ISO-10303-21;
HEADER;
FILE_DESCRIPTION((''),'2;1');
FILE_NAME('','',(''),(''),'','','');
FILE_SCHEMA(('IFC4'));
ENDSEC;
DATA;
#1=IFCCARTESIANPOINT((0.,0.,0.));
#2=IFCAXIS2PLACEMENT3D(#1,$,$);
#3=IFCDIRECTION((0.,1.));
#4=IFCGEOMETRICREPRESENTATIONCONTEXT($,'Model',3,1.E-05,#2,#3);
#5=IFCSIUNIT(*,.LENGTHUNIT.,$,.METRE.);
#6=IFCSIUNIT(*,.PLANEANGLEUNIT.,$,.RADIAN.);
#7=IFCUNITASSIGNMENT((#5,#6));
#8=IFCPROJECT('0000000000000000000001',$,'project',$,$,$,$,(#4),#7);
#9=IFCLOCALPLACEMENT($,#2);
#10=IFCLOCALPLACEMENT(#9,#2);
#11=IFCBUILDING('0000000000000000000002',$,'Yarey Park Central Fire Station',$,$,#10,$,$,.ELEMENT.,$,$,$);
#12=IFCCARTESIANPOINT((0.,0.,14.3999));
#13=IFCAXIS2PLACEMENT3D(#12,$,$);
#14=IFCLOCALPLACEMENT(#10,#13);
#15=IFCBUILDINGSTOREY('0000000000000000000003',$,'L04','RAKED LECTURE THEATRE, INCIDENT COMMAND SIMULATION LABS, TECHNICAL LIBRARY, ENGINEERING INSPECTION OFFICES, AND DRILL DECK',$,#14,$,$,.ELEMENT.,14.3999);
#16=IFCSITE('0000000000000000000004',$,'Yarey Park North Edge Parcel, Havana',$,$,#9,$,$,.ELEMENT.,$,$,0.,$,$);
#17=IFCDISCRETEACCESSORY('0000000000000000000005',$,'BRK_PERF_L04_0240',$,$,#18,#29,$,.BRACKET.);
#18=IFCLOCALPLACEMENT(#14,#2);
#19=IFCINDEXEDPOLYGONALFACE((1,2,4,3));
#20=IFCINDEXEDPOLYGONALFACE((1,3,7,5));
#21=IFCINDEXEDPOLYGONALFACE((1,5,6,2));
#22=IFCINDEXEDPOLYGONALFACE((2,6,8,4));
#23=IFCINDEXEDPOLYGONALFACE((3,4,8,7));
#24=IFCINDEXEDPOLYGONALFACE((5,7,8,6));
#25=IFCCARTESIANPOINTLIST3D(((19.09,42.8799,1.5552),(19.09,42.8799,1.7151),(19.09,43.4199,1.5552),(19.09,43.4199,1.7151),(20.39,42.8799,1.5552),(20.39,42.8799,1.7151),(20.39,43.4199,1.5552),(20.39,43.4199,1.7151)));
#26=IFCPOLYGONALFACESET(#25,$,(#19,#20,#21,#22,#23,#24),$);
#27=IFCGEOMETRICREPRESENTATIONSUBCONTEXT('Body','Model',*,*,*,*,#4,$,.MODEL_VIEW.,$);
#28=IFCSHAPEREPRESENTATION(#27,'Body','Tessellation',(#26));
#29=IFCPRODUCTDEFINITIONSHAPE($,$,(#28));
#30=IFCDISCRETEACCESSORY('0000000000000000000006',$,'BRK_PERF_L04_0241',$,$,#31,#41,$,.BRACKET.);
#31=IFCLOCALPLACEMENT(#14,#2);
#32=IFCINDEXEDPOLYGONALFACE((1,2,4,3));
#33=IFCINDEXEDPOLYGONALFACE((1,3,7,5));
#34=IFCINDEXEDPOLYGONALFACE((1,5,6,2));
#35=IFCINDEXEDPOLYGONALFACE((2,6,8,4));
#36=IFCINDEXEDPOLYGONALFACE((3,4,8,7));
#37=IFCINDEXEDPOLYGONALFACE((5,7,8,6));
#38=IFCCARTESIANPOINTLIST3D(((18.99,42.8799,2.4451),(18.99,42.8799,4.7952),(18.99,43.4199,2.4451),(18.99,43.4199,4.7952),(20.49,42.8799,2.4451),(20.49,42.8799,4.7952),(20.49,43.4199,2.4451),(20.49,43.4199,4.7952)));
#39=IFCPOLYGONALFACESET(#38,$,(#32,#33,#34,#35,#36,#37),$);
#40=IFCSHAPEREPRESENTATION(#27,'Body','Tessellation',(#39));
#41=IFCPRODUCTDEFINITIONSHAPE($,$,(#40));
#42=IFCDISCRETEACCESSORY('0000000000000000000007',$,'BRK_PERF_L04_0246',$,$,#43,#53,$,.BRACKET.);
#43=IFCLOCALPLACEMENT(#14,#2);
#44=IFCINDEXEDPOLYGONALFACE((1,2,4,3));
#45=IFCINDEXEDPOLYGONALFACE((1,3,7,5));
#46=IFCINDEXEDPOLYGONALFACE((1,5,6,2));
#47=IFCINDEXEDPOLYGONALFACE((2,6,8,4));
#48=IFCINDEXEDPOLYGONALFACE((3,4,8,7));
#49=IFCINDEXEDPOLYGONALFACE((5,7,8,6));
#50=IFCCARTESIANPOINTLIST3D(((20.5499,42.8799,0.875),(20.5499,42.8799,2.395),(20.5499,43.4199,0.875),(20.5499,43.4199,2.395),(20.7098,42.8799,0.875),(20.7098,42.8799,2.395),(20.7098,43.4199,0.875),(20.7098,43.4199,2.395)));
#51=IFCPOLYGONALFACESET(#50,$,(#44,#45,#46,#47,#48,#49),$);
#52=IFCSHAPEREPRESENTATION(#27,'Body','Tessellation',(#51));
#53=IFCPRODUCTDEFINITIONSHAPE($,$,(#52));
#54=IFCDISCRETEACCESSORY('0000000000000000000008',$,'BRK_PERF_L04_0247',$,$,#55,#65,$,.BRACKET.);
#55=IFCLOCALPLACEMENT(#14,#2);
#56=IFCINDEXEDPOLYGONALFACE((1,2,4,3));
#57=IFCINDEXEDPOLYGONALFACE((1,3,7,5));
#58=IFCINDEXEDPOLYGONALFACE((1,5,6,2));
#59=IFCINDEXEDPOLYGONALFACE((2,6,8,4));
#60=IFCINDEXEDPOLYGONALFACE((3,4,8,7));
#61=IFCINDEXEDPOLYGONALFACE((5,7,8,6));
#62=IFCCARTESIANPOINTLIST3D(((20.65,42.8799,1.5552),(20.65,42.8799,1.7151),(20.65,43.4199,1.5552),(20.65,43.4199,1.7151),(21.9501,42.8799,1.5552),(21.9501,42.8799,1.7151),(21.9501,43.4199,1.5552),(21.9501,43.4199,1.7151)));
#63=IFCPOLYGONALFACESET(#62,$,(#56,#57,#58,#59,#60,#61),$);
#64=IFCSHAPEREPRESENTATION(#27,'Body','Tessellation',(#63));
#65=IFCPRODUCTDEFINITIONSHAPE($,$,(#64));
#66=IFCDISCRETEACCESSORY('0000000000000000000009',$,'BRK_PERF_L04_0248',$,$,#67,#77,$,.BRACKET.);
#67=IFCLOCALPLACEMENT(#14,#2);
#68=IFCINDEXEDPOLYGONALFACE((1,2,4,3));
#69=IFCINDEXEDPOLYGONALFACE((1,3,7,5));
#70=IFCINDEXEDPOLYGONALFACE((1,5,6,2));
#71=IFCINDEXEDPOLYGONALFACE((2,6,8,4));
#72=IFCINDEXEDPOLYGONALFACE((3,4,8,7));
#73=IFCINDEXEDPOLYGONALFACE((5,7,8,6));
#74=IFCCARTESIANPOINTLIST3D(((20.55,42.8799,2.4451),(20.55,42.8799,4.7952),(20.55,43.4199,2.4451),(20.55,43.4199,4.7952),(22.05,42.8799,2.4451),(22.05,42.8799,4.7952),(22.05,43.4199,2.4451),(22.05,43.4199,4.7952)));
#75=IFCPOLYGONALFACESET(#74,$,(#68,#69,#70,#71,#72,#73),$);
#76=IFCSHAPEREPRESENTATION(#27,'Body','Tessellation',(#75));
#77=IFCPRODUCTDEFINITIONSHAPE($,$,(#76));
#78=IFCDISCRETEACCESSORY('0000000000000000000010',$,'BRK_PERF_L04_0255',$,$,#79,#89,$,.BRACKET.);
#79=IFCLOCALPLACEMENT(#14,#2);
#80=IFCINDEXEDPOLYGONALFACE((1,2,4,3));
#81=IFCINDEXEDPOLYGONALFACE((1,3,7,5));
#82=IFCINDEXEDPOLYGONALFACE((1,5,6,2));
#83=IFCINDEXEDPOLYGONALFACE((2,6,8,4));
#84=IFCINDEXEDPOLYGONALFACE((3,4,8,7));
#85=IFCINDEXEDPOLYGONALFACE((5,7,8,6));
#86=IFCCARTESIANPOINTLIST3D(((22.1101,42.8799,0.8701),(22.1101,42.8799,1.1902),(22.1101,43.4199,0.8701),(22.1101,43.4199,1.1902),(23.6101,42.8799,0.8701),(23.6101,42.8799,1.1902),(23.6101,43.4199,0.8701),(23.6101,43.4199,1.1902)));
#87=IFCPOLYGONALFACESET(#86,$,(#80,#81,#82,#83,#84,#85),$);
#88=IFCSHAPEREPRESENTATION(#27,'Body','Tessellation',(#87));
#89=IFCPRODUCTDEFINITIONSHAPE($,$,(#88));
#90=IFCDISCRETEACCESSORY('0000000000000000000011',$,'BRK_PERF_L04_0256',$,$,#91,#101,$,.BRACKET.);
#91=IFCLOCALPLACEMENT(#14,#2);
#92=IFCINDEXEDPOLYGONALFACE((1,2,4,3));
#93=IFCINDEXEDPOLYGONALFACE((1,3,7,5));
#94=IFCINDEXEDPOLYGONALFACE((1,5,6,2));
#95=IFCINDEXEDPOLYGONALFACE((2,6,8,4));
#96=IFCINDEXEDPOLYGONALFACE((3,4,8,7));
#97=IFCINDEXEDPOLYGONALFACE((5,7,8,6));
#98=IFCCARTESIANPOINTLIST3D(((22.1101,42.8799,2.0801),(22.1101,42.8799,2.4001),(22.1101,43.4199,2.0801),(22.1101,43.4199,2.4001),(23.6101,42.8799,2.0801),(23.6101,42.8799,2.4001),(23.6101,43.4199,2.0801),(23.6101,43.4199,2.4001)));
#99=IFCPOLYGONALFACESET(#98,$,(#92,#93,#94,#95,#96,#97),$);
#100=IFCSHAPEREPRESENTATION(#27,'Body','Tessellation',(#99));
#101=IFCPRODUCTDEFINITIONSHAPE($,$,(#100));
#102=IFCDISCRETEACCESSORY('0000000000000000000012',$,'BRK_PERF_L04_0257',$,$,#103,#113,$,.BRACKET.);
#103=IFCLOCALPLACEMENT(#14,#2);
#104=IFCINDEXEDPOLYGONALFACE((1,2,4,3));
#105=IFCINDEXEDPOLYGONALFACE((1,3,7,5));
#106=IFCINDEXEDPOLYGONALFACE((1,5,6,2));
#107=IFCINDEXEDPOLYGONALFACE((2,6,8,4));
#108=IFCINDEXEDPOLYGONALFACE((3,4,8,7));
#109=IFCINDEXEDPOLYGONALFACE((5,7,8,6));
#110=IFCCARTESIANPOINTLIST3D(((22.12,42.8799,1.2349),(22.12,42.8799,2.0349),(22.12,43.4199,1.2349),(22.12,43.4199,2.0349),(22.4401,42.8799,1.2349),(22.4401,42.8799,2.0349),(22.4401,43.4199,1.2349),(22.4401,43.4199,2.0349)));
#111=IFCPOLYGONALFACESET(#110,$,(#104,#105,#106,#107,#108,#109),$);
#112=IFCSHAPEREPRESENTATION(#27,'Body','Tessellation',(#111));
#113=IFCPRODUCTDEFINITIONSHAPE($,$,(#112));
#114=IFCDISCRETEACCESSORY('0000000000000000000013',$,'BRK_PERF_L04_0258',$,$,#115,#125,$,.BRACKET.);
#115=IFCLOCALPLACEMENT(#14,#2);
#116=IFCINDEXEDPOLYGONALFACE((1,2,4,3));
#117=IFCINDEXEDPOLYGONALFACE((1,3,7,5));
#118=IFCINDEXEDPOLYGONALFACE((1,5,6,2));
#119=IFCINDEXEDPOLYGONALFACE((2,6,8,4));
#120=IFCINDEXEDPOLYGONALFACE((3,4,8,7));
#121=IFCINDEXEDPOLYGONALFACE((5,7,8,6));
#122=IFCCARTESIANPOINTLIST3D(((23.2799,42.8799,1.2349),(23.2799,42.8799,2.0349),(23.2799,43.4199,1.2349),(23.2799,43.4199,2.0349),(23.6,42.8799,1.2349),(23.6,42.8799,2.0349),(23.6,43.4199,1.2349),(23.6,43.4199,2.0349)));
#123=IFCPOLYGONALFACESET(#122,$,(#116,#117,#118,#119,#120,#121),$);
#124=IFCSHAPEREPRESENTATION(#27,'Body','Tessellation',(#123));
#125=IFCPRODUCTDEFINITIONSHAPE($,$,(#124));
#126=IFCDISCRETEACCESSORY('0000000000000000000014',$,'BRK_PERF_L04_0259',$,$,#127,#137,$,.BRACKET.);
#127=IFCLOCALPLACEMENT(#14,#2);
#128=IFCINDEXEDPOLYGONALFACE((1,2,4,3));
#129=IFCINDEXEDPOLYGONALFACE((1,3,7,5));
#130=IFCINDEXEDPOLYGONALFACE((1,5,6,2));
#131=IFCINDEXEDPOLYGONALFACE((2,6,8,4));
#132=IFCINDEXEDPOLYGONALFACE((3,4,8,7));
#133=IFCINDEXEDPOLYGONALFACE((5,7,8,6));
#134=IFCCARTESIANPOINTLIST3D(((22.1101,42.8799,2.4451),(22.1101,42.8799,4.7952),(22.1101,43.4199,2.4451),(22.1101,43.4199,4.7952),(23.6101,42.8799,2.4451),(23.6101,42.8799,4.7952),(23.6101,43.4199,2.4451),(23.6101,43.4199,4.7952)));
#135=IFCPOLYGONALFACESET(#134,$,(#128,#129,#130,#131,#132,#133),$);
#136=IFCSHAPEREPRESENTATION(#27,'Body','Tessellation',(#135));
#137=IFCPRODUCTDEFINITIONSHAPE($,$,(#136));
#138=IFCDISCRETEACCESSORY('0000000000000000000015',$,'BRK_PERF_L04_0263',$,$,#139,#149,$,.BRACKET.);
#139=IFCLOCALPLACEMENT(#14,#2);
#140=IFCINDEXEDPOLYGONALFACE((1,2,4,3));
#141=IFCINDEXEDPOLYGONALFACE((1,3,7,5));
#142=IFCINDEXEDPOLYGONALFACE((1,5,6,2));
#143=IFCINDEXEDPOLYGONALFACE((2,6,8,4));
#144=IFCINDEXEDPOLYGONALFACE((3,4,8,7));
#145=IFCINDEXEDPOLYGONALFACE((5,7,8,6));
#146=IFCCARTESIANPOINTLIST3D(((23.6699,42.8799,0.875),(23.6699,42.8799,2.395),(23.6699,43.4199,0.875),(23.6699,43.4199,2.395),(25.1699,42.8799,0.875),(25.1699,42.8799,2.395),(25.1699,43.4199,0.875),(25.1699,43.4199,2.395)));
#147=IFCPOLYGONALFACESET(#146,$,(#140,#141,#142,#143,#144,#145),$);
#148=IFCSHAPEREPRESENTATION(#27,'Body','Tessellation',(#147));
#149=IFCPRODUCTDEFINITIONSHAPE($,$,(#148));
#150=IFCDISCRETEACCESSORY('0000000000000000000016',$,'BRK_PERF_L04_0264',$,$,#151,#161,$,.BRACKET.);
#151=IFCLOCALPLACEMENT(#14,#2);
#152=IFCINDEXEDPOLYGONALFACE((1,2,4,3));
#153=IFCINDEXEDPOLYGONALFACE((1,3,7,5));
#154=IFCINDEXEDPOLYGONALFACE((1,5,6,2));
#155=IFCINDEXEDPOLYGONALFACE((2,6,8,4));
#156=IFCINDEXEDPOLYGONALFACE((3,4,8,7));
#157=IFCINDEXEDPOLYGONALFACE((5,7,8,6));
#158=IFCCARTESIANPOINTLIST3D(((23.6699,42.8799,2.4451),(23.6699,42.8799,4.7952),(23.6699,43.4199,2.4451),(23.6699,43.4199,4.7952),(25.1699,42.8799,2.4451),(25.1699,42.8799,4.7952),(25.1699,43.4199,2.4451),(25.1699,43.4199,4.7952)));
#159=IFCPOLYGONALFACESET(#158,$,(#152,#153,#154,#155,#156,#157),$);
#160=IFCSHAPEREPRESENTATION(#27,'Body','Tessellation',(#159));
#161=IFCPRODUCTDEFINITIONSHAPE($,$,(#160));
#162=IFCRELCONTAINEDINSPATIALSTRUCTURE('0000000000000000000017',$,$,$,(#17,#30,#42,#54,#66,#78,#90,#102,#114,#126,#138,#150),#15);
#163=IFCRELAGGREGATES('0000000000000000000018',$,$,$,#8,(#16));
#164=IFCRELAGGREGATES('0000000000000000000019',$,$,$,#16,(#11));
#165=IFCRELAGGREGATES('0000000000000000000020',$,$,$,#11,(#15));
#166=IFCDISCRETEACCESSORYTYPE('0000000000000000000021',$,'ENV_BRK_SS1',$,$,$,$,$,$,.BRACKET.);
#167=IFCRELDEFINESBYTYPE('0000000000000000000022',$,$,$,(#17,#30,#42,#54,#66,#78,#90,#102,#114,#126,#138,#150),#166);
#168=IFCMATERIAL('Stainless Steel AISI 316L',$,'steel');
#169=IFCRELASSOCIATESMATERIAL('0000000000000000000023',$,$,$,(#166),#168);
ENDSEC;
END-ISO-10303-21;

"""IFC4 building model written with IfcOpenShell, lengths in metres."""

from ifc_helpers import new_model, si_unit, direction, frame, origin, origin_2d, place, context, subcontext, project, spatial, rectangle, extrude, material, type_object, element, save


model = new_model("IFC4")

# Units and contexts
model_context = context("Model", 3, precision=1e-05, world=origin(), true_north=direction((0.0, 1.0)))
body_context = subcontext(model_context, "Body", "Model", "MODEL_VIEW")
ifc_project = project(units=[si_unit("LENGTHUNIT", "METRE"), si_unit("PLANEANGLEUNIT", "RADIAN")], contexts=[model_context])

# Site, building, storey
site_placement = place(None, origin())
site = spatial("IfcSite", under=ifc_project, at=site_placement, Name="Yarey Park North Edge Parcel, Havana", CompositionType="ELEMENT", RefElevation=0.0)
building_placement = place(site_placement, origin())
building = spatial("IfcBuilding", under=site, at=building_placement, Name="Yarey Park Central Fire Station", CompositionType="ELEMENT")
storey_placement = place(building_placement, frame((0.0, 0.0, 14.3999)))
storey = spatial("IfcBuildingStorey", under=building, at=storey_placement, Name="L04", Description="RAKED LECTURE THEATRE, INCIDENT COMMAND SIMULATION LABS, TECHNICAL LIBRARY, ENGINEERING INSPECTION OFFICES, AND DRILL DECK", CompositionType="ELEMENT", Elevation=14.3999)

# Discrete accessories
ifc_material_1 = material(Name="Stainless Steel AISI 316L", Category="steel")
discrete_accessory_type = type_object("IfcDiscreteAccessoryType", Name="ENV_BRK_SS1", PredefinedType="BRACKET", material=ifc_material_1)
discrete_accessory_1_placement = place(storey_placement, frame((19.74, 43.1499, 1.5552), z_axis=(0.0, 0.0, 1.0), x_axis=(1.0, 0.0, 0.0)))
element("IfcDiscreteAccessory", 1, at=discrete_accessory_1_placement, inside=storey, type_object=discrete_accessory_type, Name="BRK_PERF_L04_0240", PredefinedType="BRACKET", context=body_context, shape_type="SweptSolid", body=[
    extrude(rectangle(XDim=1.3, YDim=0.54, at=origin_2d()), origin(), (0.0, 0.0, 1.0), 0.1599),
])
discrete_accessory_2_placement = place(storey_placement, frame((19.74, 43.1499, 2.4451), z_axis=(0.0, 0.0, 1.0), x_axis=(1.0, 0.0, 0.0)))
element("IfcDiscreteAccessory", 2, at=discrete_accessory_2_placement, inside=storey, type_object=discrete_accessory_type, Name="BRK_PERF_L04_0241", PredefinedType="BRACKET", context=body_context, shape_type="SweptSolid", body=[
    extrude(rectangle(XDim=1.5, YDim=0.54, at=origin_2d()), origin(), (0.0, 0.0, 1.0), 2.3501),
])
discrete_accessory_3_placement = place(storey_placement, frame((20.6299, 43.1499, 0.875), z_axis=(0.0, 0.0, 1.0), x_axis=(1.0, 0.0, 0.0)))
element("IfcDiscreteAccessory", 3, at=discrete_accessory_3_placement, inside=storey, type_object=discrete_accessory_type, Name="BRK_PERF_L04_0246", PredefinedType="BRACKET", context=body_context, shape_type="SweptSolid", body=[
    extrude(rectangle(XDim=0.1599, YDim=0.54, at=origin_2d()), origin(), (0.0, 0.0, 1.0), 1.52),
])
discrete_accessory_4_placement = place(storey_placement, frame((21.3, 43.1499, 1.5552), z_axis=(0.0, 0.0, 1.0), x_axis=(1.0, 0.0, 0.0)))
element("IfcDiscreteAccessory", 4, at=discrete_accessory_4_placement, inside=storey, type_object=discrete_accessory_type, Name="BRK_PERF_L04_0247", PredefinedType="BRACKET", context=body_context, shape_type="SweptSolid", body=[
    extrude(rectangle(XDim=1.3, YDim=0.54, at=origin_2d()), origin(), (0.0, 0.0, 1.0), 0.1599),
])
discrete_accessory_5_placement = place(storey_placement, frame((21.3, 43.1499, 2.4451), z_axis=(0.0, 0.0, 1.0), x_axis=(1.0, 0.0, 0.0)))
element("IfcDiscreteAccessory", 5, at=discrete_accessory_5_placement, inside=storey, type_object=discrete_accessory_type, Name="BRK_PERF_L04_0248", PredefinedType="BRACKET", context=body_context, shape_type="SweptSolid", body=[
    extrude(rectangle(XDim=1.5, YDim=0.54, at=origin_2d()), origin(), (0.0, 0.0, 1.0), 2.3501),
])
for number, where, z_axis, x_axis, name in (
    (6, (22.8601, 43.1499, 0.8701), (0.0, 0.0, 1.0), (1.0, 0.0, 0.0), "BRK_PERF_L04_0255"),
    (7, (22.8601, 43.1499, 2.0801), (0.0, 0.0, 1.0), (1.0, 0.0, 0.0), "BRK_PERF_L04_0256"),
):
    element("IfcDiscreteAccessory", number, at=place(storey_placement, frame(where, z_axis=z_axis, x_axis=x_axis)), inside=storey, type_object=discrete_accessory_type, Name=name, PredefinedType="BRACKET", context=body_context, shape_type="SweptSolid", body=[
        extrude(rectangle(XDim=1.5, YDim=0.54, at=origin_2d()), origin(), (0.0, 0.0, 1.0), 0.3201),
    ])
for number, where, z_axis, x_axis, name in (
    (8, (22.28, 43.1499, 1.2349), (0.0, 0.0, 1.0), (1.0, 0.0, 0.0), "BRK_PERF_L04_0257"),
    (9, (23.4399, 43.1499, 1.2349), (0.0, 0.0, 1.0), (1.0, 0.0, 0.0), "BRK_PERF_L04_0258"),
):
    element("IfcDiscreteAccessory", number, at=place(storey_placement, frame(where, z_axis=z_axis, x_axis=x_axis)), inside=storey, type_object=discrete_accessory_type, Name=name, PredefinedType="BRACKET", context=body_context, shape_type="SweptSolid", body=[
        extrude(rectangle(XDim=0.3201, YDim=0.54, at=origin_2d()), origin(), (0.0, 0.0, 1.0), 0.8),
    ])
discrete_accessory_6_placement = place(storey_placement, frame((22.8601, 43.1499, 2.4451), z_axis=(0.0, 0.0, 1.0), x_axis=(1.0, 0.0, 0.0)))
element("IfcDiscreteAccessory", 10, at=discrete_accessory_6_placement, inside=storey, type_object=discrete_accessory_type, Name="BRK_PERF_L04_0259", PredefinedType="BRACKET", context=body_context, shape_type="SweptSolid", body=[
    extrude(rectangle(XDim=1.5, YDim=0.54, at=origin_2d()), origin(), (0.0, 0.0, 1.0), 2.3501),
])
discrete_accessory_7_placement = place(storey_placement, frame((24.4199, 43.1499, 0.875), z_axis=(0.0, 0.0, 1.0), x_axis=(1.0, 0.0, 0.0)))
element("IfcDiscreteAccessory", 11, at=discrete_accessory_7_placement, inside=storey, type_object=discrete_accessory_type, Name="BRK_PERF_L04_0263", PredefinedType="BRACKET", context=body_context, shape_type="SweptSolid", body=[
    extrude(rectangle(XDim=1.5, YDim=0.54, at=origin_2d()), origin(), (0.0, 0.0, 1.0), 1.52),
])
discrete_accessory_8_placement = place(storey_placement, frame((24.4199, 43.1499, 2.4451), z_axis=(0.0, 0.0, 1.0), x_axis=(1.0, 0.0, 0.0)))
element("IfcDiscreteAccessory", 12, at=discrete_accessory_8_placement, inside=storey, type_object=discrete_accessory_type, Name="BRK_PERF_L04_0264", PredefinedType="BRACKET", context=body_context, shape_type="SweptSolid", body=[
    extrude(rectangle(XDim=1.5, YDim=0.54, at=origin_2d()), origin(), (0.0, 0.0, 1.0), 2.3501),
])

save(model, "model.ifc")
